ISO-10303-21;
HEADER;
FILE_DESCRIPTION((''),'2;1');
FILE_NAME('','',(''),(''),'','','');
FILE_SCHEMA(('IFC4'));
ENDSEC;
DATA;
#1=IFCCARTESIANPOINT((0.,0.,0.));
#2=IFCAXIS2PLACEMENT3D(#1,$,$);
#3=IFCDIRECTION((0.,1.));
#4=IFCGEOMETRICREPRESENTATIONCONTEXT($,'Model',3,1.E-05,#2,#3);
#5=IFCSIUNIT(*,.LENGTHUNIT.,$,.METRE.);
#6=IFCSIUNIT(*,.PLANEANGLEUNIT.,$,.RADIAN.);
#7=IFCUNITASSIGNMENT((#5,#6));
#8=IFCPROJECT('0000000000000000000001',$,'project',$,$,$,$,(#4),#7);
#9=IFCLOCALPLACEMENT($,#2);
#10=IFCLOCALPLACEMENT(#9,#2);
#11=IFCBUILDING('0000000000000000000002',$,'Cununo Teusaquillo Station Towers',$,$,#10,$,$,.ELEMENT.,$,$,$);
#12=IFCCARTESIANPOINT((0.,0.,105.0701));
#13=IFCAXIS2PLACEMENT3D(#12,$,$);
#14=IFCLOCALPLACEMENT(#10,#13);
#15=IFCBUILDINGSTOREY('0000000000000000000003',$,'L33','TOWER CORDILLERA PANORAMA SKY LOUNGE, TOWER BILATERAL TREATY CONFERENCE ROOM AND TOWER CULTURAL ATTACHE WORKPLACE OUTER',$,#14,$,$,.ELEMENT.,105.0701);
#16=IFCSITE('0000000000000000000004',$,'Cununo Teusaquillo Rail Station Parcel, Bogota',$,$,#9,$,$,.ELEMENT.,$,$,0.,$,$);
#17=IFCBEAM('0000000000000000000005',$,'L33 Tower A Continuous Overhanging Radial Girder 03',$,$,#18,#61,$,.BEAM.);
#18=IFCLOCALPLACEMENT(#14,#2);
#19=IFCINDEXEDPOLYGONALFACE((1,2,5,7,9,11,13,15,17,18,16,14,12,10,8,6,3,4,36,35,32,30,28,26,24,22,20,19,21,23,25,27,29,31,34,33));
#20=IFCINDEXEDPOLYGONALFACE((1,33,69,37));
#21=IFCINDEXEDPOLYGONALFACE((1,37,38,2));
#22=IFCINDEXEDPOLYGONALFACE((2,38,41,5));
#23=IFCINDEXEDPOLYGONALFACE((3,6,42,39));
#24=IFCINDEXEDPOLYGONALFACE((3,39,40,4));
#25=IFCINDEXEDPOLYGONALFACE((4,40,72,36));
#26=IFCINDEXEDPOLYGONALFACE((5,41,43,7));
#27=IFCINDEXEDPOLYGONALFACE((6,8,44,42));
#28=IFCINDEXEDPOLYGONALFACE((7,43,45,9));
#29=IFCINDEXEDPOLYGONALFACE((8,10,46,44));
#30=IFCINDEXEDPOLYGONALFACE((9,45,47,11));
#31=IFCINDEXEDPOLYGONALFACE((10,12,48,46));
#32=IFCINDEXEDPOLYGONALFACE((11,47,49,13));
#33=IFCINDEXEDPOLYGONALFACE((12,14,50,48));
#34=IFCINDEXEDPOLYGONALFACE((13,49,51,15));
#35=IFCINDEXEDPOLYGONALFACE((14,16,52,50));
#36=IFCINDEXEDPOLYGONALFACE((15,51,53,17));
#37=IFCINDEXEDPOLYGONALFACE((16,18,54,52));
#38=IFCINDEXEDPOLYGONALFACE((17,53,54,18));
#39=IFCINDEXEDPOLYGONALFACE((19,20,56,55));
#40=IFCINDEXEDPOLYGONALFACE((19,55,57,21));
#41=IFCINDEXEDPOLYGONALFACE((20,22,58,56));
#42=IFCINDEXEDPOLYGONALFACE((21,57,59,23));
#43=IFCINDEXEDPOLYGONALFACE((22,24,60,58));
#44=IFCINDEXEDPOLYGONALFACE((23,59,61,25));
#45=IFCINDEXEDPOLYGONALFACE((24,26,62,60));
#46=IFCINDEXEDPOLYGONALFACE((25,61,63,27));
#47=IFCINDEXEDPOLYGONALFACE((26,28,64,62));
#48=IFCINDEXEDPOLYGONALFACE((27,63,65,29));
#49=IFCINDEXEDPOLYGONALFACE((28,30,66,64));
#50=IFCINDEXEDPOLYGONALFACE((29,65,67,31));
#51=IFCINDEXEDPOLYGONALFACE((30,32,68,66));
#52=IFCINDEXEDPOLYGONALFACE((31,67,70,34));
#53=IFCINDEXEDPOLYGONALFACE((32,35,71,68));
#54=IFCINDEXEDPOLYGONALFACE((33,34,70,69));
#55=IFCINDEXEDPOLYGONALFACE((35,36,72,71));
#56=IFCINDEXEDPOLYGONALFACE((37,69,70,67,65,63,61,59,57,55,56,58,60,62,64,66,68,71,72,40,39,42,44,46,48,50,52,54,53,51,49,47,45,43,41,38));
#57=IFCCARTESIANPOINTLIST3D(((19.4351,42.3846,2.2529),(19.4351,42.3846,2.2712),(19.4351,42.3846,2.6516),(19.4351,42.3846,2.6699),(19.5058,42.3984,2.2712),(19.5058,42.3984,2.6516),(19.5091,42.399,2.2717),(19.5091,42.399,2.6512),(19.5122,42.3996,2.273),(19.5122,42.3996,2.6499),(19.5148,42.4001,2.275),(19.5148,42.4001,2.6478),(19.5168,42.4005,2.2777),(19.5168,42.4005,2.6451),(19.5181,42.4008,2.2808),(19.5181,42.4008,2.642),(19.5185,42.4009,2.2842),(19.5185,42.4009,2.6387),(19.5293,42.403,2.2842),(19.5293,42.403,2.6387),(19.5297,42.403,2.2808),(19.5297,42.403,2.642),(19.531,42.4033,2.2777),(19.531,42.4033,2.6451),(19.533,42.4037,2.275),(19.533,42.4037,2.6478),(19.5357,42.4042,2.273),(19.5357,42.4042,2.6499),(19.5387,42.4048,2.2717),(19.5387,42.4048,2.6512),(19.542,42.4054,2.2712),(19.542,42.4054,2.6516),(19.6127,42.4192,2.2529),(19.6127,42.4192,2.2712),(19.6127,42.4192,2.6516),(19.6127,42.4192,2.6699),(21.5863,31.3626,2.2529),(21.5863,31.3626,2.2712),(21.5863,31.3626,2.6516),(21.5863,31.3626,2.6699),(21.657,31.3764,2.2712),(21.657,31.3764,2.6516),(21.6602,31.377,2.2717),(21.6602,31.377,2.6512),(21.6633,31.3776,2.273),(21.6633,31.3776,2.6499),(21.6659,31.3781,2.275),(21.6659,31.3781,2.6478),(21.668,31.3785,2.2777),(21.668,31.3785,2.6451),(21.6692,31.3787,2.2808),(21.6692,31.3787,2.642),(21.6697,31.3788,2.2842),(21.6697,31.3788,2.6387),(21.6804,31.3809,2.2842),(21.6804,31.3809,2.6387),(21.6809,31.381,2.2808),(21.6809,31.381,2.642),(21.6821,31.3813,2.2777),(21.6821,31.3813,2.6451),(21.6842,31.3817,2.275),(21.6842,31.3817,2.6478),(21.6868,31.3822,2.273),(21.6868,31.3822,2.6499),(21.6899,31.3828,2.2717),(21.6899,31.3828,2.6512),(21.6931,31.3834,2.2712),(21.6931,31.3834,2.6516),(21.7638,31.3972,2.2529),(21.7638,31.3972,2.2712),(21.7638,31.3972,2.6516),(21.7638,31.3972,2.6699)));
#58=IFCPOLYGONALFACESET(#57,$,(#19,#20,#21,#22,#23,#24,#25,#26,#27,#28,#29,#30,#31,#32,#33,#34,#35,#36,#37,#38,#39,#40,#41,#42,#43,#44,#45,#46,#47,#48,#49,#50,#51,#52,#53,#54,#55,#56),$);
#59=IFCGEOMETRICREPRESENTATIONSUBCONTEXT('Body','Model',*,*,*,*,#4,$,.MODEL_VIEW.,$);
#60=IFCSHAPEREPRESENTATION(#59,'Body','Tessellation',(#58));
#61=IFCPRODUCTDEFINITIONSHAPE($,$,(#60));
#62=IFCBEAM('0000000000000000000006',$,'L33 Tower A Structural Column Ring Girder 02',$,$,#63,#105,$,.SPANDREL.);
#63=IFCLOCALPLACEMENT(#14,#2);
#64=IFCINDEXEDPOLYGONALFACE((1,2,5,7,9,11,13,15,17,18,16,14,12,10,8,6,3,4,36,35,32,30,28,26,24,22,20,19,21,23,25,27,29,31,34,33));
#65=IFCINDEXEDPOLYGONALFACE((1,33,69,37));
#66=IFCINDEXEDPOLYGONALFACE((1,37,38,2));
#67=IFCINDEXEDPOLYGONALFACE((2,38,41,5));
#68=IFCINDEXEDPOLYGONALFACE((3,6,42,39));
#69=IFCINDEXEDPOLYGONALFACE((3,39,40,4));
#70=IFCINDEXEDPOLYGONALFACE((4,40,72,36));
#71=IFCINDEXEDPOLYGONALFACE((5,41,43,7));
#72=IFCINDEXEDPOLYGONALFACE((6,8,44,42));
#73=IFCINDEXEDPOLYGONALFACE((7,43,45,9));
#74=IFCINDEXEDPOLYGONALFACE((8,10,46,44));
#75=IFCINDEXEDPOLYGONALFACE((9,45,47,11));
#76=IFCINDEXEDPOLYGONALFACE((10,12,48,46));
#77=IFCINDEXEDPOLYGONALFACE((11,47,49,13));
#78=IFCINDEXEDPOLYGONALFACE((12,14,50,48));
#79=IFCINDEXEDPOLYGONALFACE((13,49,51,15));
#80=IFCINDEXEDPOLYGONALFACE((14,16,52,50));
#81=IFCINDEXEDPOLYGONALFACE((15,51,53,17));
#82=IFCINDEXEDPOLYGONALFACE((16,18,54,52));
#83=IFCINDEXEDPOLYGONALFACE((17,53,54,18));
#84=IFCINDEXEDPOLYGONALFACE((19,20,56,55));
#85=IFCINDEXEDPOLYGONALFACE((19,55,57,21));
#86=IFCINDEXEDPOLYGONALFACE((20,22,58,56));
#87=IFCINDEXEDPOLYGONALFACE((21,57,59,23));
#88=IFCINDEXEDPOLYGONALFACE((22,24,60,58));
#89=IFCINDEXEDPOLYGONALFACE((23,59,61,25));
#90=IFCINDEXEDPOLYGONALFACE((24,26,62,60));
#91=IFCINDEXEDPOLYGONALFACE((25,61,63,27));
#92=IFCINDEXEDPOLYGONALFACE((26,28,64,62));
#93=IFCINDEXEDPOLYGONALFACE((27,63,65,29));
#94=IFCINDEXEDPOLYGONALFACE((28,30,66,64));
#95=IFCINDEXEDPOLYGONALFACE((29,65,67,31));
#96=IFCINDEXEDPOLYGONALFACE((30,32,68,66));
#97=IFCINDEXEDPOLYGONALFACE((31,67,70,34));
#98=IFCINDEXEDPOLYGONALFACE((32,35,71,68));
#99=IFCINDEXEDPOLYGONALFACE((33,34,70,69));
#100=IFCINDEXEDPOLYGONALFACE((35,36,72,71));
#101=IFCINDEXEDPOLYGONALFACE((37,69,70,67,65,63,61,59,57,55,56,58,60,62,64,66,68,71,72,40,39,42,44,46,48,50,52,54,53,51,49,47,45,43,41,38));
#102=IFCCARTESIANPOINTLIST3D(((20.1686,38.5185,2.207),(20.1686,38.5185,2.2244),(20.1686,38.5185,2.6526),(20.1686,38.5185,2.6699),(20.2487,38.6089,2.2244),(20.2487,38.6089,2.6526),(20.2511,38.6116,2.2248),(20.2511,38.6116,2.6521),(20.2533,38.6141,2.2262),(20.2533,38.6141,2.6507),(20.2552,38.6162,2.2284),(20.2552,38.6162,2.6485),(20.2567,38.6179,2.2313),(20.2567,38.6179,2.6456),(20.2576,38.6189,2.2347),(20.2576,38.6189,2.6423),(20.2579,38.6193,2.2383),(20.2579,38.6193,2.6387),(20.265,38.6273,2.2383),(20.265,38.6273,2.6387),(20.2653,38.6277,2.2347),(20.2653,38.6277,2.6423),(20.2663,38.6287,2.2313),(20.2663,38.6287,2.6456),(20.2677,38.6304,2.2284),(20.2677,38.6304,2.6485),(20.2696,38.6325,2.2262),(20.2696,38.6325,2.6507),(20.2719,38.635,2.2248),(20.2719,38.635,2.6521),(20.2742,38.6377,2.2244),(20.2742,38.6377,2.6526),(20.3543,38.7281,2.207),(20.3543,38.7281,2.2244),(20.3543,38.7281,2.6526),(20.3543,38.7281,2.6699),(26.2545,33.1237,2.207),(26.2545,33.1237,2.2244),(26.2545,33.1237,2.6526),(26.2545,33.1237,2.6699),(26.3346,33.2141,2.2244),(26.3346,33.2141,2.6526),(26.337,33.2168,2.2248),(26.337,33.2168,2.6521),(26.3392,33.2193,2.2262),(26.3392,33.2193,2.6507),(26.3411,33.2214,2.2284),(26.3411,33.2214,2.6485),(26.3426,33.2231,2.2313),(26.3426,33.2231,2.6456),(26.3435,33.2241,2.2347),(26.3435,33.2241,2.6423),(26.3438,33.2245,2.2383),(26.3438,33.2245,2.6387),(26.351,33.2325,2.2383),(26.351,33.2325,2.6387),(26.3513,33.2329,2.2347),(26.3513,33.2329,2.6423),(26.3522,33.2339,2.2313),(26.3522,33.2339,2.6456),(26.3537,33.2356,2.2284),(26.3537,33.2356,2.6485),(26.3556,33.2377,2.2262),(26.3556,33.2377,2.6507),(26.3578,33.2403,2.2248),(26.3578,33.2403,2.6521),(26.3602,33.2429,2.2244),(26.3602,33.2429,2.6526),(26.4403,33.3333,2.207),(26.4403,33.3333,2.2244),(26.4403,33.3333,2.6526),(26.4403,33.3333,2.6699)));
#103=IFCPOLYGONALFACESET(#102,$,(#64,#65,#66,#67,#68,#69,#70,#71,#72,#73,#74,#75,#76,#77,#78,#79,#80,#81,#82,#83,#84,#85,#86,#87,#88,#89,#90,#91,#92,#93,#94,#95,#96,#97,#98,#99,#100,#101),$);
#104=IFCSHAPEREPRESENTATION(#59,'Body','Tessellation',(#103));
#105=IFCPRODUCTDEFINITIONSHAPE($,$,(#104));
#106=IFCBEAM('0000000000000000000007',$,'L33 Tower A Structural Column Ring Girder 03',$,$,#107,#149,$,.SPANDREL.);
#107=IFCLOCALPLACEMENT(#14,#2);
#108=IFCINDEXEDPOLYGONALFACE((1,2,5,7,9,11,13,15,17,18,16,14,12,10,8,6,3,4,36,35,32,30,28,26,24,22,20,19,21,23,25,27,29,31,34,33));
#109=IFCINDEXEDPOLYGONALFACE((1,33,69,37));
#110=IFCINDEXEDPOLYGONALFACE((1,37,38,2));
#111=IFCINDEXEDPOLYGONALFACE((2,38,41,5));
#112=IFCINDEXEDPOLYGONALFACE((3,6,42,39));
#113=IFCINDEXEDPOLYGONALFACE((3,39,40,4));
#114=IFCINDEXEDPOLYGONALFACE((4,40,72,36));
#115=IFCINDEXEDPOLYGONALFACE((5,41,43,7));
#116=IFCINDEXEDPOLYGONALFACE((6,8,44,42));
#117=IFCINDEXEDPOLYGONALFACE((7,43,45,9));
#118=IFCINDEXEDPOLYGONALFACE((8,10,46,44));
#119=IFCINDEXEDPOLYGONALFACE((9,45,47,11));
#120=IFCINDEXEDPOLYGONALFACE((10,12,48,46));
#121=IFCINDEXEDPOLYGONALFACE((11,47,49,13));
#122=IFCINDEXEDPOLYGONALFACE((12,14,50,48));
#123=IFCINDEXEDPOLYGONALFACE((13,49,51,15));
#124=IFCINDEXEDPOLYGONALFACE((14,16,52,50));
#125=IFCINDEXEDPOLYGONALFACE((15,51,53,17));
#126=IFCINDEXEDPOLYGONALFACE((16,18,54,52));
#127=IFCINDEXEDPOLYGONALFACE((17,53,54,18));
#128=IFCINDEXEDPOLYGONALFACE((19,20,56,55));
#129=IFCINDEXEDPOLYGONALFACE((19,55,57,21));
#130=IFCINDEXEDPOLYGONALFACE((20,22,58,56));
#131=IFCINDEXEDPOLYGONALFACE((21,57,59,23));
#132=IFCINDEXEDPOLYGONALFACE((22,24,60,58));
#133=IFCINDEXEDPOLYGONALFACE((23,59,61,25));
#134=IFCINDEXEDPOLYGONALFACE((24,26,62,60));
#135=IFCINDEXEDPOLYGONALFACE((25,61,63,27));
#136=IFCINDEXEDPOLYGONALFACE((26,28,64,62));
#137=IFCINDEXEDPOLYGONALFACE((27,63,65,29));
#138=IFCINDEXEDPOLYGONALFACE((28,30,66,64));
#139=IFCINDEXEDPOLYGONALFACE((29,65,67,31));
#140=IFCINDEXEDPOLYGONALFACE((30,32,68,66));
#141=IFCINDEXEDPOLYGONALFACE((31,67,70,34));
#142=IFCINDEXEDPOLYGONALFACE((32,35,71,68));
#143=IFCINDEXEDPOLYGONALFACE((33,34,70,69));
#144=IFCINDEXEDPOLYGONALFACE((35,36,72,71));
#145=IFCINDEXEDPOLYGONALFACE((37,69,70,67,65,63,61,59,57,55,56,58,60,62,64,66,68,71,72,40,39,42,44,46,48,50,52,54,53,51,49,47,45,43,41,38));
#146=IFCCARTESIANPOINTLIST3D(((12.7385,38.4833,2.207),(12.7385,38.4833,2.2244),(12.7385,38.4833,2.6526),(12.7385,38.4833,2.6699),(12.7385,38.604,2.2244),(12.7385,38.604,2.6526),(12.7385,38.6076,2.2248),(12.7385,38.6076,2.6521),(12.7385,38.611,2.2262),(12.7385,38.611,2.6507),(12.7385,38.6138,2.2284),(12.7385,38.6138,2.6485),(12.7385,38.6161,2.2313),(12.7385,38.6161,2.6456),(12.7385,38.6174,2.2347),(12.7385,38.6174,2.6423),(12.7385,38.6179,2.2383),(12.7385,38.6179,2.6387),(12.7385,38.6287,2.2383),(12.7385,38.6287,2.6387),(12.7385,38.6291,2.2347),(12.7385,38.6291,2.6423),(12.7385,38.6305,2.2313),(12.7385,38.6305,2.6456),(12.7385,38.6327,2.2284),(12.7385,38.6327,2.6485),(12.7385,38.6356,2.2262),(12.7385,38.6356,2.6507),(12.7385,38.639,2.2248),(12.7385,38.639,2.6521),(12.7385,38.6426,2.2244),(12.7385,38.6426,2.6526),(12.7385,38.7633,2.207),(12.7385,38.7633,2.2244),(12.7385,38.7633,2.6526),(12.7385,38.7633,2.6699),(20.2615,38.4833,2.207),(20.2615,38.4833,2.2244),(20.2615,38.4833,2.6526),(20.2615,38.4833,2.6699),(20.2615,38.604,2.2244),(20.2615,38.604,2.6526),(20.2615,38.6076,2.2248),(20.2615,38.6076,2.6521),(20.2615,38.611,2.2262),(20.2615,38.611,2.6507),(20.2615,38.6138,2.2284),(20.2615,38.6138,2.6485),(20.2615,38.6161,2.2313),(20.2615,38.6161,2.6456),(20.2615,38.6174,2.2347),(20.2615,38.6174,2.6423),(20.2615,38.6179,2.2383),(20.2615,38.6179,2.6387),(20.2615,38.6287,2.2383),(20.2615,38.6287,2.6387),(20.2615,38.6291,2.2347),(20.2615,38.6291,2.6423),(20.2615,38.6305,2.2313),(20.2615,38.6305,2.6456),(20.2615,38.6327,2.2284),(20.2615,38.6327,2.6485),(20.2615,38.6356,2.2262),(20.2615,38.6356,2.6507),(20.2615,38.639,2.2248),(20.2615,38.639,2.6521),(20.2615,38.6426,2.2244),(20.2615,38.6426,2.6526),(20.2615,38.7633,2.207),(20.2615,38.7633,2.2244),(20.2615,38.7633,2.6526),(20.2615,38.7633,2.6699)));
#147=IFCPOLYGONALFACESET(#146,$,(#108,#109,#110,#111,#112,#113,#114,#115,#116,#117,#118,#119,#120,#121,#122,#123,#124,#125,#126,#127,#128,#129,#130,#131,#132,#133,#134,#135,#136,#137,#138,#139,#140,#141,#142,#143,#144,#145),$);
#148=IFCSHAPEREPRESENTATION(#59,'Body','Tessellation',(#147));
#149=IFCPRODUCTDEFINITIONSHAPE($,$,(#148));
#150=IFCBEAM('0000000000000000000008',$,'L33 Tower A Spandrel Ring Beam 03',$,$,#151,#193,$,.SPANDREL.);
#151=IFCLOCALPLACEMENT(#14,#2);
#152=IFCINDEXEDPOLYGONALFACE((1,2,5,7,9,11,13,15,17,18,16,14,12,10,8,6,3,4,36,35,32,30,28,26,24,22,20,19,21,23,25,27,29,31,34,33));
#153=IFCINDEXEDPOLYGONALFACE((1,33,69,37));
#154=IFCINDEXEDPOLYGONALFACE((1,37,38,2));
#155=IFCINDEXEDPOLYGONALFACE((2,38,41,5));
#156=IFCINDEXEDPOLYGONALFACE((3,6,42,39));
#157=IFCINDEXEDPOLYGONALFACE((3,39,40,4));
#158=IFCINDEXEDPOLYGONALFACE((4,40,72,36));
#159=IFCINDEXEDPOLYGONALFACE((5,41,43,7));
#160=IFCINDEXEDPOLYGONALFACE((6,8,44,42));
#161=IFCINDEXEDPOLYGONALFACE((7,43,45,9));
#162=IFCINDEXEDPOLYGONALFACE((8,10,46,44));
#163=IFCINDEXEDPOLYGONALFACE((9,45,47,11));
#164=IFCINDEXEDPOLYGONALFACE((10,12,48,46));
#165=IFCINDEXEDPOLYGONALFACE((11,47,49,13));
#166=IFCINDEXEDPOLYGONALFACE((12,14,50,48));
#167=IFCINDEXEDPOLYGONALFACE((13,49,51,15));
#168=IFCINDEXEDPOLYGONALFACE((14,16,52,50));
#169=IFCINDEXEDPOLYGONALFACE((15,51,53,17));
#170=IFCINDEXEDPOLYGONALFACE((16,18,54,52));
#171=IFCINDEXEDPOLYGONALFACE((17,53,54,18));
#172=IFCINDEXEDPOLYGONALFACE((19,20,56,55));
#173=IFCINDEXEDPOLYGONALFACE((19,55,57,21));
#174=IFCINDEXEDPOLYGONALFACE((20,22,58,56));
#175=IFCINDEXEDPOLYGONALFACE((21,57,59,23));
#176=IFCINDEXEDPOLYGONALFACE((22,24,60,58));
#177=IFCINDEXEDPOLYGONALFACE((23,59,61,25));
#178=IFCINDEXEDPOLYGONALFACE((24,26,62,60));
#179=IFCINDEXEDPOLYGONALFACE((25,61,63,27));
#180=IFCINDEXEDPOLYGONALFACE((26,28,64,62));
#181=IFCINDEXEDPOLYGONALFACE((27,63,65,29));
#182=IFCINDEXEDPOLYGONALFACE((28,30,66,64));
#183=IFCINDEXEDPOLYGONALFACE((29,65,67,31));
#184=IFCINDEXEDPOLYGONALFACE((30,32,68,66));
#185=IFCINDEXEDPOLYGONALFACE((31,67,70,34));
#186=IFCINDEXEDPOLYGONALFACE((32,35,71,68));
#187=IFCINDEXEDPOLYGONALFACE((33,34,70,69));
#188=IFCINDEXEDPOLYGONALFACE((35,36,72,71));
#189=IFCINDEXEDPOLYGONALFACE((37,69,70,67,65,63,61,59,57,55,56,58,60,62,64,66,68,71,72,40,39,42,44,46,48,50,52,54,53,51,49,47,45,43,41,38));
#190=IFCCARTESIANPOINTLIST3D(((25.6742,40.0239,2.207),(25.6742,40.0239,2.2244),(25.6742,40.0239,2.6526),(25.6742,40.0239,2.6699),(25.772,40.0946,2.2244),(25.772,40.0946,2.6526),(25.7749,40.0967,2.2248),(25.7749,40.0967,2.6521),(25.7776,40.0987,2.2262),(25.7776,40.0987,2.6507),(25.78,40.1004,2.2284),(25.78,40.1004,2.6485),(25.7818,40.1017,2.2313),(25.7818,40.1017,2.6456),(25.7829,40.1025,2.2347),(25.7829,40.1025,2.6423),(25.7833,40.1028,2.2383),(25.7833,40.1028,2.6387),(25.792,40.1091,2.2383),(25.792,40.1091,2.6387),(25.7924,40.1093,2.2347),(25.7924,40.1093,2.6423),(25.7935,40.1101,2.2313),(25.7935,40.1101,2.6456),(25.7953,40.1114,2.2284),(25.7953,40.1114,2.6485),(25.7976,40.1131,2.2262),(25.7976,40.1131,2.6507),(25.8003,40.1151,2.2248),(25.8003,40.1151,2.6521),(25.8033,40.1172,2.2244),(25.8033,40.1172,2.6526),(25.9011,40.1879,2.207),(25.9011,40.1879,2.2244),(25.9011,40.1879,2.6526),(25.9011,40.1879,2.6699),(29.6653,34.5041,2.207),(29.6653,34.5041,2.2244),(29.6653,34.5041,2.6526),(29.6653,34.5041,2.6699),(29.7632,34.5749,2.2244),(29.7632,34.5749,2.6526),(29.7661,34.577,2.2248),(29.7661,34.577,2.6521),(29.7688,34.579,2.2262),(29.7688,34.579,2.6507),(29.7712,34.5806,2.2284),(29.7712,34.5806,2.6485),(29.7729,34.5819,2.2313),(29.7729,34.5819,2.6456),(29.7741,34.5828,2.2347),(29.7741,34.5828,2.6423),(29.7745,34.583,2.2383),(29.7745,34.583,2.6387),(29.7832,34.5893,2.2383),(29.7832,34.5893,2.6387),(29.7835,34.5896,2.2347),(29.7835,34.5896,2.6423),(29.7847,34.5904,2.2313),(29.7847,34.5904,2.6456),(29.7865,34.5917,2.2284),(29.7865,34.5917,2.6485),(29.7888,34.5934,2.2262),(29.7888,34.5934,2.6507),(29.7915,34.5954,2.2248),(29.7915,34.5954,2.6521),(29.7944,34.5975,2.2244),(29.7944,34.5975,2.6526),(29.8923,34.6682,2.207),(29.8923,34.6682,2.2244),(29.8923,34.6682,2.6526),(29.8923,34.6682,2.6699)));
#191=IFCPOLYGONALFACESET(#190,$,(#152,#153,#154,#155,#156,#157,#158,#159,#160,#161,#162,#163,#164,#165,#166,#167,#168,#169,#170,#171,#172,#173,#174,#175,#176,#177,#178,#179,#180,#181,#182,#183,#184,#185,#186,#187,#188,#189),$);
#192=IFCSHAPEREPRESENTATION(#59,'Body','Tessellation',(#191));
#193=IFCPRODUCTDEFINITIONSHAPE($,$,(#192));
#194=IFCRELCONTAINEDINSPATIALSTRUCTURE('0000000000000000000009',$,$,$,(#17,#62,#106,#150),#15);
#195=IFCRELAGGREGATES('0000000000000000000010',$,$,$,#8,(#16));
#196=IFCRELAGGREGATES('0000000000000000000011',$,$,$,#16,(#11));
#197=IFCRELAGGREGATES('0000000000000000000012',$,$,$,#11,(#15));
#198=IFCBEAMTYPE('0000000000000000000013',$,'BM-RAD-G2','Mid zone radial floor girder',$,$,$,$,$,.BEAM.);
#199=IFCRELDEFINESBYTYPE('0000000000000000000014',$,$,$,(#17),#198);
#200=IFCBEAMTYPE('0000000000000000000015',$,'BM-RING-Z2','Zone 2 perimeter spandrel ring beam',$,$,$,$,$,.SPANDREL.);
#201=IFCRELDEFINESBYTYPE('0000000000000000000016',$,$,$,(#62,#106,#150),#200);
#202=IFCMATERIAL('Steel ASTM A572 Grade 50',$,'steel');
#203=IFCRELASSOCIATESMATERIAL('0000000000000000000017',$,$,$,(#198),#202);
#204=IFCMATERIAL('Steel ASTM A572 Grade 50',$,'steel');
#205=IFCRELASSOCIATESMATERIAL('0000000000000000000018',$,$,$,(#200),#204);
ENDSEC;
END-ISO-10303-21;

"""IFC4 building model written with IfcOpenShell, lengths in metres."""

from ifc_helpers import new_model, si_unit, direction, frame, origin, origin_2d, place, context, subcontext, project, spatial, i_section, extrude, material, material_profile, profile_set, type_object, element, save


model = new_model("IFC4")

# Units and contexts
model_context = context("Model", 3, precision=1e-05, world=origin(), true_north=direction((0.0, 1.0)))
body_context = subcontext(model_context, "Body", "Model", "MODEL_VIEW")
ifc_project = project(units=[si_unit("LENGTHUNIT", "METRE"), si_unit("PLANEANGLEUNIT", "RADIAN")], contexts=[model_context])

# Site, building, storey
site_placement = place(None, origin())
site = spatial("IfcSite", under=ifc_project, at=site_placement, Name="Cununo Teusaquillo Rail Station Parcel, Bogota", CompositionType="ELEMENT", RefElevation=0.0)
building_placement = place(site_placement, origin())
building = spatial("IfcBuilding", under=site, at=building_placement, Name="Cununo Teusaquillo Station Towers", CompositionType="ELEMENT")
storey_placement = place(building_placement, frame((0.0, 0.0, 105.0701)))
storey = spatial("IfcBuildingStorey", under=building, at=storey_placement, Name="L33", Description="TOWER CORDILLERA PANORAMA SKY LOUNGE, TOWER BILATERAL TREATY CONFERENCE ROOM AND TOWER CULTURAL ATTACHE WORKPLACE OUTER", CompositionType="ELEMENT", Elevation=105.0701)

# Beams
ifc_material_1 = material(Name="Steel ASTM A572 Grade 50", Category="steel")
ifc_material_profile_1 = material_profile(ifc_material_1, i_section(OverallWidth=0.1809, OverallDepth=0.417, WebThickness=0.011, FlangeThickness=0.0183, FilletRadius=0.0129, at=origin_2d()), Name="W16X57")
ifc_profile_set_1 = profile_set([ifc_material_profile_1], Name="Steel ASTM A572 Grade 50")
beam_type_1 = type_object("IfcBeamType", Name="BM-RAD-G2", Description="Mid zone radial floor girder", PredefinedType="BEAM", material=ifc_profile_set_1)
beam_1_placement = place(storey_placement, frame((21.675, 31.3799, 2.4614), z_axis=(-0.191553, 0.981482, 0.0), x_axis=(-0.981482, -0.191553, 0.0)))
element("IfcBeam", 1, at=beam_1_placement, inside=storey, type_object=beam_type_1, Name="L33 Tower A Continuous Overhanging Radial Girder 03", PredefinedType="BEAM", context=body_context, shape_type="SweptSolid", body=[
    extrude(i_section(OverallWidth=0.1809, OverallDepth=0.417, WebThickness=0.011, FlangeThickness=0.0183, FilletRadius=0.0129, at=origin_2d()), origin(), (0.0, 0.0, 1.0), 11.23),
])
ifc_material_2 = material(Name="Steel ASTM A572 Grade 50", Category="steel")
ifc_material_profile_2 = material_profile(ifc_material_2, i_section(OverallWidth=0.28, OverallDepth=0.4629, WebThickness=0.0107, FlangeThickness=0.0173, FilletRadius=0.0139, at=origin_2d()), Name="W18X76")
ifc_profile_set_2 = profile_set([ifc_material_profile_2], Name="Steel ASTM A572 Grade 50")
beam_type_2 = type_object("IfcBeamType", Name="BM-RING-Z2", Description="Zone 2 perimeter spandrel ring beam", PredefinedType="SPANDREL", material=ifc_profile_set_2)
beam_2_placement = place(storey_placement, frame((26.3474, 33.2285, 2.4385), z_axis=(-0.748321, 0.663337, 0.0), x_axis=(-0.663337, -0.748321, 0.0)))
element("IfcBeam", 2, at=beam_2_placement, inside=storey, type_object=beam_type_2, Name="L33 Tower A Structural Column Ring Girder 02", PredefinedType="SPANDREL", context=body_context, shape_type="SweptSolid", body=[
    extrude(i_section(OverallWidth=0.28, OverallDepth=0.4629, WebThickness=0.0107, FlangeThickness=0.0173, FilletRadius=0.0139, at=origin_2d()), origin(), (0.0, 0.0, 1.0), 8.1328),
])
beam_3_placement = place(storey_placement, frame((20.2615, 38.6233, 2.4385), z_axis=(-1.0, 0.0, 0.0), x_axis=(0.0, -1.0, 0.0)))
element("IfcBeam", 3, at=beam_3_placement, inside=storey, type_object=beam_type_2, Name="L33 Tower A Structural Column Ring Girder 03", PredefinedType="SPANDREL", context=body_context, shape_type="SweptSolid", body=[
    extrude(i_section(OverallWidth=0.28, OverallDepth=0.4629, WebThickness=0.0107, FlangeThickness=0.0173, FilletRadius=0.0139, at=origin_2d()), origin(), (0.0, 0.0, 1.0), 7.5229),
])
beam_4_placement = place(storey_placement, frame((29.7788, 34.5862, 2.4385), z_axis=(-0.585945, 0.810351, 0.0), x_axis=(-0.810351, -0.585945, 0.0)))
element("IfcBeam", 4, at=beam_4_placement, inside=storey, type_object=beam_type_2, Name="L33 Tower A Spandrel Ring Beam 03", PredefinedType="SPANDREL", context=body_context, shape_type="SweptSolid", body=[
    extrude(i_section(OverallWidth=0.28, OverallDepth=0.4629, WebThickness=0.0107, FlangeThickness=0.0173, FilletRadius=0.0139, at=origin_2d()), origin(), (0.0, 0.0, 1.0), 6.8115),
])

save(model, "model.ifc")
